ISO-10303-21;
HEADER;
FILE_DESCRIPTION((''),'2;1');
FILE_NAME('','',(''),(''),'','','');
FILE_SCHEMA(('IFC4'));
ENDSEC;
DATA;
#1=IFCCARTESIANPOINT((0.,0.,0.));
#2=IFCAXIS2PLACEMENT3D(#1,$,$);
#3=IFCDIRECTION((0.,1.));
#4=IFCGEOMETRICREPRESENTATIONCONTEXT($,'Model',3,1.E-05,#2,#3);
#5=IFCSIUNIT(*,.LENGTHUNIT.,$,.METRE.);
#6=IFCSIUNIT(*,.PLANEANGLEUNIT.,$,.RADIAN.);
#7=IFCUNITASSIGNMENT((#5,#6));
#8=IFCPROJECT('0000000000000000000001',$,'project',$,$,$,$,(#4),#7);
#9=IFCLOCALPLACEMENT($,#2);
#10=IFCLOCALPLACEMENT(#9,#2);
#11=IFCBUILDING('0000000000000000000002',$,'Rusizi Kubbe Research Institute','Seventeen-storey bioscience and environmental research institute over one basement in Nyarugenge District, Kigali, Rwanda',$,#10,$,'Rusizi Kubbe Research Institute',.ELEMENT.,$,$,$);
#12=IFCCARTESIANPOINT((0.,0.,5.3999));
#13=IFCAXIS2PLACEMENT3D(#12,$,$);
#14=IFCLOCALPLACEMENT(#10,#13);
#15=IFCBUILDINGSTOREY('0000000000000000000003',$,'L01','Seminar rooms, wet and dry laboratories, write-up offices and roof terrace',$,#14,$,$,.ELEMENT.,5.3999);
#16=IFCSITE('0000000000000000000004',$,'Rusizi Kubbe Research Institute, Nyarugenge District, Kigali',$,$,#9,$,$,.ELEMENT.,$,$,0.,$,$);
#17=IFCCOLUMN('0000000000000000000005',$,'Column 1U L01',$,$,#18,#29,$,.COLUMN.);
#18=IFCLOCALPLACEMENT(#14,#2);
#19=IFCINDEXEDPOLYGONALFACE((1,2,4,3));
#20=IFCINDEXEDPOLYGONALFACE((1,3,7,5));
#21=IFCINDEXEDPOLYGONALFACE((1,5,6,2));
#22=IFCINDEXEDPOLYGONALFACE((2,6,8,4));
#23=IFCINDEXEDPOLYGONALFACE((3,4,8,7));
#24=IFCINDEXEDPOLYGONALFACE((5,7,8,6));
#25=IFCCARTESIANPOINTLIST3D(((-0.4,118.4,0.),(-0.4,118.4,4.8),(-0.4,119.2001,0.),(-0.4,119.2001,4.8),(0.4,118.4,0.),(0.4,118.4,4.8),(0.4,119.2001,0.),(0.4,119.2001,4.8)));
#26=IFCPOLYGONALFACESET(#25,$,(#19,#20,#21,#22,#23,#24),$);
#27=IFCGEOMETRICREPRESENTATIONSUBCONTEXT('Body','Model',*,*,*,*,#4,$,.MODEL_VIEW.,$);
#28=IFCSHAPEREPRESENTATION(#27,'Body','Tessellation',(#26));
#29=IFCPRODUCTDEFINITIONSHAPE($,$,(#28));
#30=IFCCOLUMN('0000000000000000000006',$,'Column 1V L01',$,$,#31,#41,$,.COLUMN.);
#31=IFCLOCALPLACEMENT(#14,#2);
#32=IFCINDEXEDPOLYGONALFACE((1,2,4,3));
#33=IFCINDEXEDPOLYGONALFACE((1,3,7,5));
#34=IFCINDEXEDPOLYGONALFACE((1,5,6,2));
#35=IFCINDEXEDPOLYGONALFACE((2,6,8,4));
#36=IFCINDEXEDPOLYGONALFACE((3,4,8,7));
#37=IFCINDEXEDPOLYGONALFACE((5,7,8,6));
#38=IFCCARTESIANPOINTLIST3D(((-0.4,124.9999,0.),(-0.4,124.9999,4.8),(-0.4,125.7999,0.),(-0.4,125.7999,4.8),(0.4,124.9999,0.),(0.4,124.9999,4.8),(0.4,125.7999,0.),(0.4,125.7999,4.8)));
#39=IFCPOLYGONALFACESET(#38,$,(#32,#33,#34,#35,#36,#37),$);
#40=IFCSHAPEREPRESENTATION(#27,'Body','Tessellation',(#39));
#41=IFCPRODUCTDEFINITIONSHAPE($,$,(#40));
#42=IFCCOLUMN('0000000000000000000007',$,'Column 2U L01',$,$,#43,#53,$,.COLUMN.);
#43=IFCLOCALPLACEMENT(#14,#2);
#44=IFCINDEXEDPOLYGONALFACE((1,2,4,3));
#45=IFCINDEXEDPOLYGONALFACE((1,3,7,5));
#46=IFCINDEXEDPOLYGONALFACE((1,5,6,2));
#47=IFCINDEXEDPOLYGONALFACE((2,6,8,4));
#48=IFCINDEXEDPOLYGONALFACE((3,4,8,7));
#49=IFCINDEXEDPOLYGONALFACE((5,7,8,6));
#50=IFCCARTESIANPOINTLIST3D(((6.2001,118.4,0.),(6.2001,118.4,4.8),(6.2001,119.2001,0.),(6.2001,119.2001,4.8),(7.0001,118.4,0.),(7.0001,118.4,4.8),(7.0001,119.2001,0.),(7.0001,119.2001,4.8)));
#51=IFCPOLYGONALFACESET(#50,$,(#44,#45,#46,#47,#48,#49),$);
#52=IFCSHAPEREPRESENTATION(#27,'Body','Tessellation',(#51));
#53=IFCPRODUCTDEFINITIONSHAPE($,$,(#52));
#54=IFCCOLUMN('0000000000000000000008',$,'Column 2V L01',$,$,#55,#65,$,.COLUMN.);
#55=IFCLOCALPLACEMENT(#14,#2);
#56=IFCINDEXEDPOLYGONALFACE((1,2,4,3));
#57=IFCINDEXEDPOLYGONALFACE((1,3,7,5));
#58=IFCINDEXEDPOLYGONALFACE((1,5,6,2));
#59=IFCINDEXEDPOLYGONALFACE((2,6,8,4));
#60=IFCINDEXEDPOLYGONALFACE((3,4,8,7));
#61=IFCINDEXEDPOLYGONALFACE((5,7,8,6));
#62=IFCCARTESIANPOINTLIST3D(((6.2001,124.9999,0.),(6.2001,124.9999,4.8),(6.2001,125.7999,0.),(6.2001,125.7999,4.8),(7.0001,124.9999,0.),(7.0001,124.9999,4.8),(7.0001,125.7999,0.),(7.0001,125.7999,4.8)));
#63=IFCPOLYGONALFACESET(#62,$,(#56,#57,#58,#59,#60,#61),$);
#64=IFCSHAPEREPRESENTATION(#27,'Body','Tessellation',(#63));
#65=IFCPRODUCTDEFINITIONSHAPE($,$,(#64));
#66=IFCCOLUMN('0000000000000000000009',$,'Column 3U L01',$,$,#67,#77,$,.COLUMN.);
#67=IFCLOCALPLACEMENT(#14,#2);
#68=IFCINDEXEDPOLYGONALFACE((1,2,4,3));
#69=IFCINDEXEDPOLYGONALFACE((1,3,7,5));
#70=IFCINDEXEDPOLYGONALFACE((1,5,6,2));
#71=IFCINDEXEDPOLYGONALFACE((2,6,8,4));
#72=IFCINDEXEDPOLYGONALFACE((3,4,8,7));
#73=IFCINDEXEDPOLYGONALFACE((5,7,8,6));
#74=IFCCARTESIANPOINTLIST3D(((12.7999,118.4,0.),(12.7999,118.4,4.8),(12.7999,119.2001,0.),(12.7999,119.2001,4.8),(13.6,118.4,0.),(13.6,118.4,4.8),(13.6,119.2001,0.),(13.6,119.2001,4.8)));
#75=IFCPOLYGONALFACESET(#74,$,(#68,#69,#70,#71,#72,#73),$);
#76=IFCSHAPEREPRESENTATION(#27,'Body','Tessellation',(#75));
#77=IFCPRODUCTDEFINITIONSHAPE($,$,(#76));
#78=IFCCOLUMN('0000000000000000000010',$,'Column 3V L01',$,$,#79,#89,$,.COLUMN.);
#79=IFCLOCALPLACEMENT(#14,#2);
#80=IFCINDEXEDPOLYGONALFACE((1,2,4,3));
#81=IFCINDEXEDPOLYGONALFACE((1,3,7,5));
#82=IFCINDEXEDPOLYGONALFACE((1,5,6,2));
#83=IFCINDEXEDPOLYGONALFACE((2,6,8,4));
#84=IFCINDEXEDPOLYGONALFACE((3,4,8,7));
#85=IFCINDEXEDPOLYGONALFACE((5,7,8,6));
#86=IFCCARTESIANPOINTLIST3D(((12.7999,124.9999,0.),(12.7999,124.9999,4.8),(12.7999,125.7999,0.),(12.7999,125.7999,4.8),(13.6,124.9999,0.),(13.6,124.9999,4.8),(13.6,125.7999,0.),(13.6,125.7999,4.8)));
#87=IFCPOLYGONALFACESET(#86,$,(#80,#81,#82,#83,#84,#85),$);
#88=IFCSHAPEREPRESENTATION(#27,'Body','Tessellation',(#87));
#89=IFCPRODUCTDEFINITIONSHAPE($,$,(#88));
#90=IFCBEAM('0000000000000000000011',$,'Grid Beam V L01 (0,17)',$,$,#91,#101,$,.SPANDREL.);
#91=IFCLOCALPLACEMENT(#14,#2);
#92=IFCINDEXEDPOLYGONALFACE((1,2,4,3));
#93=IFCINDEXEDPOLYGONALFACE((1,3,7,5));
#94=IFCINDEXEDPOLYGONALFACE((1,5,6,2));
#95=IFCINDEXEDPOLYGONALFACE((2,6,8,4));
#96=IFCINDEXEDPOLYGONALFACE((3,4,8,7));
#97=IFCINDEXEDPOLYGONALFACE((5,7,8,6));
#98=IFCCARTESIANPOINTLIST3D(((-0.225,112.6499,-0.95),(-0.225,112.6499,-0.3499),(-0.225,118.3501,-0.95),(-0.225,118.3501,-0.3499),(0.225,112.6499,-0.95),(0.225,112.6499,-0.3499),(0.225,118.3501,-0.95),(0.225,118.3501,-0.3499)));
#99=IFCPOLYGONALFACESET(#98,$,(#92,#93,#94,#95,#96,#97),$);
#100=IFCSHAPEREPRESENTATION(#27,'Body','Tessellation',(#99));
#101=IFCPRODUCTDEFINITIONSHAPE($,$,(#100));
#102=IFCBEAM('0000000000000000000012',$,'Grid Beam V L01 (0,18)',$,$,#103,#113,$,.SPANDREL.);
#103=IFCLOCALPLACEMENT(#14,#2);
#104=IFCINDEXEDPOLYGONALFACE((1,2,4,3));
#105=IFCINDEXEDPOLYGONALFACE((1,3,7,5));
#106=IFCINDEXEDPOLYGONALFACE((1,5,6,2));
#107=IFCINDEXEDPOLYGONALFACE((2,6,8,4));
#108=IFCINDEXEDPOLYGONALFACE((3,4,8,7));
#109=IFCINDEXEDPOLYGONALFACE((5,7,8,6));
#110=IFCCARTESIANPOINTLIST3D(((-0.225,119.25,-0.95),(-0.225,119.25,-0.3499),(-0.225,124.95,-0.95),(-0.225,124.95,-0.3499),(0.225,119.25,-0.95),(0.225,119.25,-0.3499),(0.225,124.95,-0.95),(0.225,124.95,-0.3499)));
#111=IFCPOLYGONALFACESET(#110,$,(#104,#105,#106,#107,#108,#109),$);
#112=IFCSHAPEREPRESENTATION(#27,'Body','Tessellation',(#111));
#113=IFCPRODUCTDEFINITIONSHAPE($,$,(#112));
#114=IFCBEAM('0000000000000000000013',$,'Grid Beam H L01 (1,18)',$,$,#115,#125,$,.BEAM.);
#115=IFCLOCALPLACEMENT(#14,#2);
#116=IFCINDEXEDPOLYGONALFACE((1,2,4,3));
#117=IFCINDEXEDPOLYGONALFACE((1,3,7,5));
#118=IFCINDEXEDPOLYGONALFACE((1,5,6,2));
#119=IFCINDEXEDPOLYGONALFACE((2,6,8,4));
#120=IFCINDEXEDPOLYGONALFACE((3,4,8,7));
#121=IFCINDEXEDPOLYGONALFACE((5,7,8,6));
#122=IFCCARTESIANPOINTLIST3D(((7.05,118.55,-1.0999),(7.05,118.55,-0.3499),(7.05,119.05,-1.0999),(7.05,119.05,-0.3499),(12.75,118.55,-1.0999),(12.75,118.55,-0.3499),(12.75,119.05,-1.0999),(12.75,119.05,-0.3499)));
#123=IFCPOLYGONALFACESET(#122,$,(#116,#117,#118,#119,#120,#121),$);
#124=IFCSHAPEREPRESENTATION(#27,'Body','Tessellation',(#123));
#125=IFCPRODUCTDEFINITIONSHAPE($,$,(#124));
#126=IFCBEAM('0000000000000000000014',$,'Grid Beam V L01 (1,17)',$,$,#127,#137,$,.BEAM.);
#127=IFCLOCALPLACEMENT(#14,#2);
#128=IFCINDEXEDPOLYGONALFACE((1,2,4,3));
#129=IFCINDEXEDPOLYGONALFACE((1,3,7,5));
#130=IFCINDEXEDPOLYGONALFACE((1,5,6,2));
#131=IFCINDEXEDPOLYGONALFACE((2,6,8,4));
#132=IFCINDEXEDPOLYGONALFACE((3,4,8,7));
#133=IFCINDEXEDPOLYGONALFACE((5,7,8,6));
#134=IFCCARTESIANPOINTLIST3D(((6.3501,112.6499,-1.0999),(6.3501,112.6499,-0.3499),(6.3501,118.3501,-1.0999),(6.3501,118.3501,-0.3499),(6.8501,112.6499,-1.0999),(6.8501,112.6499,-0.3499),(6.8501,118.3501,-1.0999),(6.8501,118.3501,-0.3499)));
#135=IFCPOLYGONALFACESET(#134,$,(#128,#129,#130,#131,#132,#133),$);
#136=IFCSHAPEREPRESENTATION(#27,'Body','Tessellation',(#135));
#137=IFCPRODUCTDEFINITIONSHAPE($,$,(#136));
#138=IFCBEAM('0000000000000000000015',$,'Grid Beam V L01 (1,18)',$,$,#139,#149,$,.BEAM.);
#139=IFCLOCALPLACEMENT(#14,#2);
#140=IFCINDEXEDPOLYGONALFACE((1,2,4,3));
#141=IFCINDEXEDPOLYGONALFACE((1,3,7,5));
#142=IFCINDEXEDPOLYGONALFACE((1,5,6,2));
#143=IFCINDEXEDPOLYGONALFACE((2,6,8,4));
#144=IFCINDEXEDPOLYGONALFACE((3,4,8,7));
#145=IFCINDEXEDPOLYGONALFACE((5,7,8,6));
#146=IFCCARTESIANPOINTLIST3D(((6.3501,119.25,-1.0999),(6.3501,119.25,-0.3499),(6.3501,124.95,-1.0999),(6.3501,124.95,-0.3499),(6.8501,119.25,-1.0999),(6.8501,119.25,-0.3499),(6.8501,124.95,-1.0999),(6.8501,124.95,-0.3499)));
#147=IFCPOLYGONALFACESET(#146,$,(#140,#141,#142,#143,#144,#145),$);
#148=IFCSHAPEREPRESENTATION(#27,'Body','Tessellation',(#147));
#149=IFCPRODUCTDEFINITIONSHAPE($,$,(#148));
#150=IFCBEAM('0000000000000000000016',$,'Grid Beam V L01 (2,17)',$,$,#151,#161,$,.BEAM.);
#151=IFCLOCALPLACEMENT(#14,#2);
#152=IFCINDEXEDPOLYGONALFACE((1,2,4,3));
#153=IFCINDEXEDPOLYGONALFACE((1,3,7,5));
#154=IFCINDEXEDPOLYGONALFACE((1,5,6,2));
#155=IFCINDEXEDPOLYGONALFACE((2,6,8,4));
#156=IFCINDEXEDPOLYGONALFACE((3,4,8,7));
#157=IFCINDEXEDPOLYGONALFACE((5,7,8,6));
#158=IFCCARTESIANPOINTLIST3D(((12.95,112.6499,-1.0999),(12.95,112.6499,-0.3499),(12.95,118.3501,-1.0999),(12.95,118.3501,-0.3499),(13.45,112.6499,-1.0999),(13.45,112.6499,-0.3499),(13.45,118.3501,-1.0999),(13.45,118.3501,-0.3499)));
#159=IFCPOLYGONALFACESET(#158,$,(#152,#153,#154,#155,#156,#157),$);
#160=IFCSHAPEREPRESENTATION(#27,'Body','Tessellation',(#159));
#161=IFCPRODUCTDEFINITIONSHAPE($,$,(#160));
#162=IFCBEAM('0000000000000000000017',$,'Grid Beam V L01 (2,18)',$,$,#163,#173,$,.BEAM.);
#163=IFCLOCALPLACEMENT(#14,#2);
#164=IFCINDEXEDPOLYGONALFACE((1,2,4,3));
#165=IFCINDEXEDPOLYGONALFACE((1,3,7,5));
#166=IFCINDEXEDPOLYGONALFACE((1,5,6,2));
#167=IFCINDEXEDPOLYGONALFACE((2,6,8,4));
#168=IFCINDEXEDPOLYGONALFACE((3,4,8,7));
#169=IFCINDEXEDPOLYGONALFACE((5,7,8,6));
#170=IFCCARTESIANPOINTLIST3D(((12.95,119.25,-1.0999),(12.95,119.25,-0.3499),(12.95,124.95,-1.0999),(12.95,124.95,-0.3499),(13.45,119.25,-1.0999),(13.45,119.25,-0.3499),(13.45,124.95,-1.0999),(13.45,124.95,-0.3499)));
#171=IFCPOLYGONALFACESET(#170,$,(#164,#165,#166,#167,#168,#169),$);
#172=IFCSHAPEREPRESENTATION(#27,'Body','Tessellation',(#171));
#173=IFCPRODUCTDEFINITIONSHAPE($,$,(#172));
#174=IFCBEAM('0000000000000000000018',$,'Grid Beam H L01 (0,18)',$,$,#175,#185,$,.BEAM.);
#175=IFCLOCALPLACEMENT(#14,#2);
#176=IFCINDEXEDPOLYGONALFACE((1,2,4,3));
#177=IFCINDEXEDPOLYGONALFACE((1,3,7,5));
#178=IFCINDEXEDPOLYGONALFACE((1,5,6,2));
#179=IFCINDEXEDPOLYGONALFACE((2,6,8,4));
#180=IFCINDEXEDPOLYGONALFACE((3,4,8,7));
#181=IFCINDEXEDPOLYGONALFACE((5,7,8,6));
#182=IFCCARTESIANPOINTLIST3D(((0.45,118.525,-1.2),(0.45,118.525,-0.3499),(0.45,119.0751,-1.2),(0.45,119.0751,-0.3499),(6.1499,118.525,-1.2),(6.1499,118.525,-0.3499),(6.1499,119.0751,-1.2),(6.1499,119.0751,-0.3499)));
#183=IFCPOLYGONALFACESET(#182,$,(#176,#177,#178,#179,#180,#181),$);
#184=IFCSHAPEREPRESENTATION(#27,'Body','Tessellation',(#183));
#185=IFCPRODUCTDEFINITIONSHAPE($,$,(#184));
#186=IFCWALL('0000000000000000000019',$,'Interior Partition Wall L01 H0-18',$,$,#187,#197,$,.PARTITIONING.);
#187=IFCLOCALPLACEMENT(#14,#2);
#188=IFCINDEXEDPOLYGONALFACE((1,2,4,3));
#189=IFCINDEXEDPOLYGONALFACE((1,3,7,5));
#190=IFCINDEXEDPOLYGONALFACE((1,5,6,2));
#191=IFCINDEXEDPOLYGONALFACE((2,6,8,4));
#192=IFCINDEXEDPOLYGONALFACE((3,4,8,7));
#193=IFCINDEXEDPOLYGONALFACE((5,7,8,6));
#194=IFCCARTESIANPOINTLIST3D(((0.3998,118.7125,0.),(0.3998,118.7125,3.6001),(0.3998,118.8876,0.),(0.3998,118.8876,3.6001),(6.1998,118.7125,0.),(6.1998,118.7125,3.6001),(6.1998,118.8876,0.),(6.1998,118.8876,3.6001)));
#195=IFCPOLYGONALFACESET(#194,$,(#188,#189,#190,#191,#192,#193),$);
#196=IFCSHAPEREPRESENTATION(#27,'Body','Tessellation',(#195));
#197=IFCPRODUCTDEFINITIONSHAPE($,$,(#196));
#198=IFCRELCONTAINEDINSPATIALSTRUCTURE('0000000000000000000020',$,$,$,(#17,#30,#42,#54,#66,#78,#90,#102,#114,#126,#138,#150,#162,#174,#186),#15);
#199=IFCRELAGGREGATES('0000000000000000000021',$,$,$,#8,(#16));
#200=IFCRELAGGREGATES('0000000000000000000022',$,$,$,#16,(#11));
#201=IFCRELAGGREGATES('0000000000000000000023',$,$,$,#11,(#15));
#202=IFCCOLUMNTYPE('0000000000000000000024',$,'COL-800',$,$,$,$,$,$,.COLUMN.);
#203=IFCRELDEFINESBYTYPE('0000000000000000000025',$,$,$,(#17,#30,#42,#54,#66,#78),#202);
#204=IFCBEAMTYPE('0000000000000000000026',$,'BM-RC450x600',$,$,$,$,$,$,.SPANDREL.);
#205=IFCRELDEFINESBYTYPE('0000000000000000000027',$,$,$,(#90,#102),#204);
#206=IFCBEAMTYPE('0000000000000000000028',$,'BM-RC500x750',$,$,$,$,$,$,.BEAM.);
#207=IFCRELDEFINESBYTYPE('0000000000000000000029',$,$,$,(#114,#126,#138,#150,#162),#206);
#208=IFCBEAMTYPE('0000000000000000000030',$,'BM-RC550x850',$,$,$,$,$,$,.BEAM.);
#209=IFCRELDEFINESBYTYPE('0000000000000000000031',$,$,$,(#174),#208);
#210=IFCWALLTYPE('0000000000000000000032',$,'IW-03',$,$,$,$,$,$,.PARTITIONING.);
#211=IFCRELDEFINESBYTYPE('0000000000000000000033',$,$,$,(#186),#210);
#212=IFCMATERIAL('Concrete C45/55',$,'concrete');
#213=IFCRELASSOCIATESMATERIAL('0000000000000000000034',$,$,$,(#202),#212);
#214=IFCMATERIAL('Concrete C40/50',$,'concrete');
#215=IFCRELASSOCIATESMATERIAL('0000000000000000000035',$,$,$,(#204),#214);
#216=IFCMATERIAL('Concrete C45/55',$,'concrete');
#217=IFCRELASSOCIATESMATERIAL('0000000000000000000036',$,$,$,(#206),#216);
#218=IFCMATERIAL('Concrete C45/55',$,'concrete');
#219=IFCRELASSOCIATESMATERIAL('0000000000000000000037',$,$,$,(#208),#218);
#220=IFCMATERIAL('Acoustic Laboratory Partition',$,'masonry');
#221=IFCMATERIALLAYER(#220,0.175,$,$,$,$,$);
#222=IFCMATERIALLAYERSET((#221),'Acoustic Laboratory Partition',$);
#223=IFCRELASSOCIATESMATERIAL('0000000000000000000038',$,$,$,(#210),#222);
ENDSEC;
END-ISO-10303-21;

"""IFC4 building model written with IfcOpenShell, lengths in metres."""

from ifc_helpers import new_model, si_unit, direction, frame, frame_2d, origin, origin_2d, place, context, subcontext, project, spatial, rectangle, extrude, material, layer, layer_set, material_profile, profile_set, type_object, element, save


model = new_model("IFC4")

# Units and contexts
model_context = context("Model", 3, precision=1e-05, world=origin(), true_north=direction((0.0, 1.0)))
body_context = subcontext(model_context, "Body", "Model", "MODEL_VIEW")
ifc_project = project(units=[si_unit("LENGTHUNIT", "METRE"), si_unit("PLANEANGLEUNIT", "RADIAN")], contexts=[model_context])

# Site, building, storey
site_placement = place(None, origin())
site = spatial("IfcSite", under=ifc_project, at=site_placement, Name="Rusizi Kubbe Research Institute, Nyarugenge District, Kigali", CompositionType="ELEMENT", RefElevation=0.0)
building_placement = place(site_placement, origin())
building = spatial("IfcBuilding", under=site, at=building_placement, Name="Rusizi Kubbe Research Institute", Description="Seventeen-storey bioscience and environmental research institute over one basement in Nyarugenge District, Kigali, Rwanda", LongName="Rusizi Kubbe Research Institute", CompositionType="ELEMENT")
storey_placement = place(building_placement, frame((0.0, 0.0, 5.3999)))
storey = spatial("IfcBuildingStorey", under=building, at=storey_placement, Name="L01", Description="Seminar rooms, wet and dry laboratories, write-up offices and roof terrace", CompositionType="ELEMENT", Elevation=5.3999)

# Columns
ifc_material_1 = material(Name="Concrete C45/55", Category="concrete")
ifc_material_profile_1 = material_profile(ifc_material_1, rectangle(XDim=0.8, YDim=0.8, at=origin_2d()), Name="RC800x800")
ifc_profile_set_1 = profile_set([ifc_material_profile_1], Name="Concrete C45/55")
column_type = type_object("IfcColumnType", Name="COL-800", PredefinedType="COLUMN", material=ifc_profile_set_1)
for number, where, z_axis, x_axis, name in (
    (1, (0.0, 118.8, 0.0), (0.0, 0.0, 1.0), (1.0, 0.0, 0.0), "Column 1U L01"),
    (2, (0.0, 125.3999, 0.0), (0.0, 0.0, 1.0), (1.0, 0.0, 0.0), "Column 1V L01"),
    (3, (6.6001, 118.8, 0.0), (0.0, 0.0, 1.0), (1.0, 0.0, 0.0), "Column 2U L01"),
    (4, (6.6001, 125.3999, 0.0), (0.0, 0.0, 1.0), (1.0, 0.0, 0.0), "Column 2V L01"),
    (5, (13.2, 118.8, 0.0), (0.0, 0.0, 1.0), (1.0, 0.0, 0.0), "Column 3U L01"),
    (6, (13.2, 125.3999, 0.0), (0.0, 0.0, 1.0), (1.0, 0.0, 0.0), "Column 3V L01"),
):
    element("IfcColumn", number, at=place(storey_placement, frame(where, z_axis=z_axis, x_axis=x_axis)), inside=storey, type_object=column_type, Name=name, PredefinedType="COLUMN", context=body_context, shape_type="SweptSolid", body=[
        extrude(rectangle(XDim=0.8, YDim=0.8, at=origin_2d()), origin(), (0.0, 0.0, 1.0), 4.8),
    ])

# Beams
ifc_material_2 = material(Name="Concrete C40/50", Category="concrete")
ifc_material_profile_2 = material_profile(ifc_material_2, rectangle(XDim=0.45, YDim=0.6001, at=origin_2d()), Name="RC450x600")
ifc_profile_set_2 = profile_set([ifc_material_profile_2], Name="Concrete C40/50")
beam_type_1 = type_object("IfcBeamType", Name="BM-RC450x600", PredefinedType="SPANDREL", material=ifc_profile_set_2)
beam_1_placement = place(storey_placement, frame((0.0, 112.6499, -0.6499), z_axis=(0.0, 1.0, 0.0), x_axis=(-1.0, 0.0, 0.0)))
element("IfcBeam", 7, at=beam_1_placement, inside=storey, type_object=beam_type_1, Name="Grid Beam V L01 (0,17)", PredefinedType="SPANDREL", context=body_context, shape_type="SweptSolid", body=[
    extrude(rectangle(XDim=0.45, YDim=0.6001, at=origin_2d()), origin(), (0.0, 0.0, 1.0), 5.7002),
])
beam_2_placement = place(storey_placement, frame((0.0, 119.25, -0.6499), z_axis=(0.0, 1.0, 0.0), x_axis=(-1.0, 0.0, 0.0)))
element("IfcBeam", 8, at=beam_2_placement, inside=storey, type_object=beam_type_1, Name="Grid Beam V L01 (0,18)", PredefinedType="SPANDREL", context=body_context, shape_type="SweptSolid", body=[
    extrude(rectangle(XDim=0.45, YDim=0.6001, at=origin_2d()), origin(), (0.0, 0.0, 1.0), 5.7),
])
ifc_material_3 = material(Name="Concrete C45/55", Category="concrete")
ifc_material_profile_3 = material_profile(ifc_material_3, rectangle(XDim=0.5, YDim=0.75, at=origin_2d()), Name="RC500x750B")
ifc_profile_set_3 = profile_set([ifc_material_profile_3], Name="Concrete C45/55")
beam_type_2 = type_object("IfcBeamType", Name="BM-RC500x750", PredefinedType="BEAM", material=ifc_profile_set_3)
beam_3_placement = place(storey_placement, frame((7.05, 118.8, -0.7249), z_axis=(1.0, 0.0, 0.0), x_axis=(0.0, 1.0, 0.0)))
element("IfcBeam", 9, at=beam_3_placement, inside=storey, type_object=beam_type_2, Name="Grid Beam H L01 (1,18)", PredefinedType="BEAM", context=body_context, shape_type="SweptSolid", body=[
    extrude(rectangle(XDim=0.5, YDim=0.75, at=origin_2d()), origin(), (0.0, 0.0, 1.0), 5.7),
])
beam_4_placement = place(storey_placement, frame((6.6001, 112.6499, -0.7249), z_axis=(0.0, 1.0, 0.0), x_axis=(-1.0, 0.0, 0.0)))
element("IfcBeam", 10, at=beam_4_placement, inside=storey, type_object=beam_type_2, Name="Grid Beam V L01 (1,17)", PredefinedType="BEAM", context=body_context, shape_type="SweptSolid", body=[
    extrude(rectangle(XDim=0.5, YDim=0.75, at=origin_2d()), origin(), (0.0, 0.0, 1.0), 5.7002),
])
beam_5_placement = place(storey_placement, frame((6.6001, 119.25, -0.7249), z_axis=(0.0, 1.0, 0.0), x_axis=(-1.0, 0.0, 0.0)))
element("IfcBeam", 11, at=beam_5_placement, inside=storey, type_object=beam_type_2, Name="Grid Beam V L01 (1,18)", PredefinedType="BEAM", context=body_context, shape_type="SweptSolid", body=[
    extrude(rectangle(XDim=0.5, YDim=0.75, at=origin_2d()), origin(), (0.0, 0.0, 1.0), 5.7),
])
beam_6_placement = place(storey_placement, frame((13.2, 112.6499, -0.7249), z_axis=(0.0, 1.0, 0.0), x_axis=(-1.0, 0.0, 0.0)))
element("IfcBeam", 12, at=beam_6_placement, inside=storey, type_object=beam_type_2, Name="Grid Beam V L01 (2,17)", PredefinedType="BEAM", context=body_context, shape_type="SweptSolid", body=[
    extrude(rectangle(XDim=0.5, YDim=0.75, at=origin_2d()), origin(), (0.0, 0.0, 1.0), 5.7002),
])
beam_7_placement = place(storey_placement, frame((13.2, 119.25, -0.7249), z_axis=(0.0, 1.0, 0.0), x_axis=(-1.0, 0.0, 0.0)))
element("IfcBeam", 13, at=beam_7_placement, inside=storey, type_object=beam_type_2, Name="Grid Beam V L01 (2,18)", PredefinedType="BEAM", context=body_context, shape_type="SweptSolid", body=[
    extrude(rectangle(XDim=0.5, YDim=0.75, at=origin_2d()), origin(), (0.0, 0.0, 1.0), 5.7),
])
ifc_material_4 = material(Name="Concrete C45/55", Category="concrete")
ifc_material_profile_4 = material_profile(ifc_material_4, rectangle(XDim=0.55, YDim=0.8501, at=origin_2d()), Name="RC550x850")
ifc_profile_set_4 = profile_set([ifc_material_profile_4], Name="Concrete C45/55")
beam_type_3 = type_object("IfcBeamType", Name="BM-RC550x850", PredefinedType="BEAM", material=ifc_profile_set_4)
beam_8_placement = place(storey_placement, frame((0.45, 118.8, -0.7749), z_axis=(1.0, 0.0, 0.0), x_axis=(0.0, 1.0, 0.0)))
element("IfcBeam", 14, at=beam_8_placement, inside=storey, type_object=beam_type_3, Name="Grid Beam H L01 (0,18)", PredefinedType="BEAM", context=body_context, shape_type="SweptSolid", body=[
    extrude(rectangle(XDim=0.55, YDim=0.8501, at=origin_2d()), origin(), (0.0, 0.0, 1.0), 5.7),
])

# Wall
ifc_material_5 = material(Name="Acoustic Laboratory Partition", Category="masonry")
ifc_layer_1 = layer(ifc_material_5, 0.175)
ifc_layer_set_1 = layer_set([ifc_layer_1], Name="Acoustic Laboratory Partition")
wall_type_1 = type_object("IfcWallType", Name="IW-03", PredefinedType="PARTITIONING", material=ifc_layer_set_1)
wall_1_placement = place(storey_placement, frame((0.3999, 118.8, 0.0), z_axis=(0.0, 0.0, 1.0), x_axis=(1.0, 0.0, 0.0)))
element("IfcWall", 15, at=wall_1_placement, inside=storey, type_object=wall_type_1, Name="Interior Partition Wall L01 H0-18", PredefinedType="PARTITIONING", context=body_context, shape_type="SweptSolid", body=[
    extrude(rectangle(XDim=5.8, YDim=0.175, at=frame_2d((2.8999, 0.0))), origin(), (0.0, 0.0, 1.0), 3.6001),
])

save(model, "model.ifc")
